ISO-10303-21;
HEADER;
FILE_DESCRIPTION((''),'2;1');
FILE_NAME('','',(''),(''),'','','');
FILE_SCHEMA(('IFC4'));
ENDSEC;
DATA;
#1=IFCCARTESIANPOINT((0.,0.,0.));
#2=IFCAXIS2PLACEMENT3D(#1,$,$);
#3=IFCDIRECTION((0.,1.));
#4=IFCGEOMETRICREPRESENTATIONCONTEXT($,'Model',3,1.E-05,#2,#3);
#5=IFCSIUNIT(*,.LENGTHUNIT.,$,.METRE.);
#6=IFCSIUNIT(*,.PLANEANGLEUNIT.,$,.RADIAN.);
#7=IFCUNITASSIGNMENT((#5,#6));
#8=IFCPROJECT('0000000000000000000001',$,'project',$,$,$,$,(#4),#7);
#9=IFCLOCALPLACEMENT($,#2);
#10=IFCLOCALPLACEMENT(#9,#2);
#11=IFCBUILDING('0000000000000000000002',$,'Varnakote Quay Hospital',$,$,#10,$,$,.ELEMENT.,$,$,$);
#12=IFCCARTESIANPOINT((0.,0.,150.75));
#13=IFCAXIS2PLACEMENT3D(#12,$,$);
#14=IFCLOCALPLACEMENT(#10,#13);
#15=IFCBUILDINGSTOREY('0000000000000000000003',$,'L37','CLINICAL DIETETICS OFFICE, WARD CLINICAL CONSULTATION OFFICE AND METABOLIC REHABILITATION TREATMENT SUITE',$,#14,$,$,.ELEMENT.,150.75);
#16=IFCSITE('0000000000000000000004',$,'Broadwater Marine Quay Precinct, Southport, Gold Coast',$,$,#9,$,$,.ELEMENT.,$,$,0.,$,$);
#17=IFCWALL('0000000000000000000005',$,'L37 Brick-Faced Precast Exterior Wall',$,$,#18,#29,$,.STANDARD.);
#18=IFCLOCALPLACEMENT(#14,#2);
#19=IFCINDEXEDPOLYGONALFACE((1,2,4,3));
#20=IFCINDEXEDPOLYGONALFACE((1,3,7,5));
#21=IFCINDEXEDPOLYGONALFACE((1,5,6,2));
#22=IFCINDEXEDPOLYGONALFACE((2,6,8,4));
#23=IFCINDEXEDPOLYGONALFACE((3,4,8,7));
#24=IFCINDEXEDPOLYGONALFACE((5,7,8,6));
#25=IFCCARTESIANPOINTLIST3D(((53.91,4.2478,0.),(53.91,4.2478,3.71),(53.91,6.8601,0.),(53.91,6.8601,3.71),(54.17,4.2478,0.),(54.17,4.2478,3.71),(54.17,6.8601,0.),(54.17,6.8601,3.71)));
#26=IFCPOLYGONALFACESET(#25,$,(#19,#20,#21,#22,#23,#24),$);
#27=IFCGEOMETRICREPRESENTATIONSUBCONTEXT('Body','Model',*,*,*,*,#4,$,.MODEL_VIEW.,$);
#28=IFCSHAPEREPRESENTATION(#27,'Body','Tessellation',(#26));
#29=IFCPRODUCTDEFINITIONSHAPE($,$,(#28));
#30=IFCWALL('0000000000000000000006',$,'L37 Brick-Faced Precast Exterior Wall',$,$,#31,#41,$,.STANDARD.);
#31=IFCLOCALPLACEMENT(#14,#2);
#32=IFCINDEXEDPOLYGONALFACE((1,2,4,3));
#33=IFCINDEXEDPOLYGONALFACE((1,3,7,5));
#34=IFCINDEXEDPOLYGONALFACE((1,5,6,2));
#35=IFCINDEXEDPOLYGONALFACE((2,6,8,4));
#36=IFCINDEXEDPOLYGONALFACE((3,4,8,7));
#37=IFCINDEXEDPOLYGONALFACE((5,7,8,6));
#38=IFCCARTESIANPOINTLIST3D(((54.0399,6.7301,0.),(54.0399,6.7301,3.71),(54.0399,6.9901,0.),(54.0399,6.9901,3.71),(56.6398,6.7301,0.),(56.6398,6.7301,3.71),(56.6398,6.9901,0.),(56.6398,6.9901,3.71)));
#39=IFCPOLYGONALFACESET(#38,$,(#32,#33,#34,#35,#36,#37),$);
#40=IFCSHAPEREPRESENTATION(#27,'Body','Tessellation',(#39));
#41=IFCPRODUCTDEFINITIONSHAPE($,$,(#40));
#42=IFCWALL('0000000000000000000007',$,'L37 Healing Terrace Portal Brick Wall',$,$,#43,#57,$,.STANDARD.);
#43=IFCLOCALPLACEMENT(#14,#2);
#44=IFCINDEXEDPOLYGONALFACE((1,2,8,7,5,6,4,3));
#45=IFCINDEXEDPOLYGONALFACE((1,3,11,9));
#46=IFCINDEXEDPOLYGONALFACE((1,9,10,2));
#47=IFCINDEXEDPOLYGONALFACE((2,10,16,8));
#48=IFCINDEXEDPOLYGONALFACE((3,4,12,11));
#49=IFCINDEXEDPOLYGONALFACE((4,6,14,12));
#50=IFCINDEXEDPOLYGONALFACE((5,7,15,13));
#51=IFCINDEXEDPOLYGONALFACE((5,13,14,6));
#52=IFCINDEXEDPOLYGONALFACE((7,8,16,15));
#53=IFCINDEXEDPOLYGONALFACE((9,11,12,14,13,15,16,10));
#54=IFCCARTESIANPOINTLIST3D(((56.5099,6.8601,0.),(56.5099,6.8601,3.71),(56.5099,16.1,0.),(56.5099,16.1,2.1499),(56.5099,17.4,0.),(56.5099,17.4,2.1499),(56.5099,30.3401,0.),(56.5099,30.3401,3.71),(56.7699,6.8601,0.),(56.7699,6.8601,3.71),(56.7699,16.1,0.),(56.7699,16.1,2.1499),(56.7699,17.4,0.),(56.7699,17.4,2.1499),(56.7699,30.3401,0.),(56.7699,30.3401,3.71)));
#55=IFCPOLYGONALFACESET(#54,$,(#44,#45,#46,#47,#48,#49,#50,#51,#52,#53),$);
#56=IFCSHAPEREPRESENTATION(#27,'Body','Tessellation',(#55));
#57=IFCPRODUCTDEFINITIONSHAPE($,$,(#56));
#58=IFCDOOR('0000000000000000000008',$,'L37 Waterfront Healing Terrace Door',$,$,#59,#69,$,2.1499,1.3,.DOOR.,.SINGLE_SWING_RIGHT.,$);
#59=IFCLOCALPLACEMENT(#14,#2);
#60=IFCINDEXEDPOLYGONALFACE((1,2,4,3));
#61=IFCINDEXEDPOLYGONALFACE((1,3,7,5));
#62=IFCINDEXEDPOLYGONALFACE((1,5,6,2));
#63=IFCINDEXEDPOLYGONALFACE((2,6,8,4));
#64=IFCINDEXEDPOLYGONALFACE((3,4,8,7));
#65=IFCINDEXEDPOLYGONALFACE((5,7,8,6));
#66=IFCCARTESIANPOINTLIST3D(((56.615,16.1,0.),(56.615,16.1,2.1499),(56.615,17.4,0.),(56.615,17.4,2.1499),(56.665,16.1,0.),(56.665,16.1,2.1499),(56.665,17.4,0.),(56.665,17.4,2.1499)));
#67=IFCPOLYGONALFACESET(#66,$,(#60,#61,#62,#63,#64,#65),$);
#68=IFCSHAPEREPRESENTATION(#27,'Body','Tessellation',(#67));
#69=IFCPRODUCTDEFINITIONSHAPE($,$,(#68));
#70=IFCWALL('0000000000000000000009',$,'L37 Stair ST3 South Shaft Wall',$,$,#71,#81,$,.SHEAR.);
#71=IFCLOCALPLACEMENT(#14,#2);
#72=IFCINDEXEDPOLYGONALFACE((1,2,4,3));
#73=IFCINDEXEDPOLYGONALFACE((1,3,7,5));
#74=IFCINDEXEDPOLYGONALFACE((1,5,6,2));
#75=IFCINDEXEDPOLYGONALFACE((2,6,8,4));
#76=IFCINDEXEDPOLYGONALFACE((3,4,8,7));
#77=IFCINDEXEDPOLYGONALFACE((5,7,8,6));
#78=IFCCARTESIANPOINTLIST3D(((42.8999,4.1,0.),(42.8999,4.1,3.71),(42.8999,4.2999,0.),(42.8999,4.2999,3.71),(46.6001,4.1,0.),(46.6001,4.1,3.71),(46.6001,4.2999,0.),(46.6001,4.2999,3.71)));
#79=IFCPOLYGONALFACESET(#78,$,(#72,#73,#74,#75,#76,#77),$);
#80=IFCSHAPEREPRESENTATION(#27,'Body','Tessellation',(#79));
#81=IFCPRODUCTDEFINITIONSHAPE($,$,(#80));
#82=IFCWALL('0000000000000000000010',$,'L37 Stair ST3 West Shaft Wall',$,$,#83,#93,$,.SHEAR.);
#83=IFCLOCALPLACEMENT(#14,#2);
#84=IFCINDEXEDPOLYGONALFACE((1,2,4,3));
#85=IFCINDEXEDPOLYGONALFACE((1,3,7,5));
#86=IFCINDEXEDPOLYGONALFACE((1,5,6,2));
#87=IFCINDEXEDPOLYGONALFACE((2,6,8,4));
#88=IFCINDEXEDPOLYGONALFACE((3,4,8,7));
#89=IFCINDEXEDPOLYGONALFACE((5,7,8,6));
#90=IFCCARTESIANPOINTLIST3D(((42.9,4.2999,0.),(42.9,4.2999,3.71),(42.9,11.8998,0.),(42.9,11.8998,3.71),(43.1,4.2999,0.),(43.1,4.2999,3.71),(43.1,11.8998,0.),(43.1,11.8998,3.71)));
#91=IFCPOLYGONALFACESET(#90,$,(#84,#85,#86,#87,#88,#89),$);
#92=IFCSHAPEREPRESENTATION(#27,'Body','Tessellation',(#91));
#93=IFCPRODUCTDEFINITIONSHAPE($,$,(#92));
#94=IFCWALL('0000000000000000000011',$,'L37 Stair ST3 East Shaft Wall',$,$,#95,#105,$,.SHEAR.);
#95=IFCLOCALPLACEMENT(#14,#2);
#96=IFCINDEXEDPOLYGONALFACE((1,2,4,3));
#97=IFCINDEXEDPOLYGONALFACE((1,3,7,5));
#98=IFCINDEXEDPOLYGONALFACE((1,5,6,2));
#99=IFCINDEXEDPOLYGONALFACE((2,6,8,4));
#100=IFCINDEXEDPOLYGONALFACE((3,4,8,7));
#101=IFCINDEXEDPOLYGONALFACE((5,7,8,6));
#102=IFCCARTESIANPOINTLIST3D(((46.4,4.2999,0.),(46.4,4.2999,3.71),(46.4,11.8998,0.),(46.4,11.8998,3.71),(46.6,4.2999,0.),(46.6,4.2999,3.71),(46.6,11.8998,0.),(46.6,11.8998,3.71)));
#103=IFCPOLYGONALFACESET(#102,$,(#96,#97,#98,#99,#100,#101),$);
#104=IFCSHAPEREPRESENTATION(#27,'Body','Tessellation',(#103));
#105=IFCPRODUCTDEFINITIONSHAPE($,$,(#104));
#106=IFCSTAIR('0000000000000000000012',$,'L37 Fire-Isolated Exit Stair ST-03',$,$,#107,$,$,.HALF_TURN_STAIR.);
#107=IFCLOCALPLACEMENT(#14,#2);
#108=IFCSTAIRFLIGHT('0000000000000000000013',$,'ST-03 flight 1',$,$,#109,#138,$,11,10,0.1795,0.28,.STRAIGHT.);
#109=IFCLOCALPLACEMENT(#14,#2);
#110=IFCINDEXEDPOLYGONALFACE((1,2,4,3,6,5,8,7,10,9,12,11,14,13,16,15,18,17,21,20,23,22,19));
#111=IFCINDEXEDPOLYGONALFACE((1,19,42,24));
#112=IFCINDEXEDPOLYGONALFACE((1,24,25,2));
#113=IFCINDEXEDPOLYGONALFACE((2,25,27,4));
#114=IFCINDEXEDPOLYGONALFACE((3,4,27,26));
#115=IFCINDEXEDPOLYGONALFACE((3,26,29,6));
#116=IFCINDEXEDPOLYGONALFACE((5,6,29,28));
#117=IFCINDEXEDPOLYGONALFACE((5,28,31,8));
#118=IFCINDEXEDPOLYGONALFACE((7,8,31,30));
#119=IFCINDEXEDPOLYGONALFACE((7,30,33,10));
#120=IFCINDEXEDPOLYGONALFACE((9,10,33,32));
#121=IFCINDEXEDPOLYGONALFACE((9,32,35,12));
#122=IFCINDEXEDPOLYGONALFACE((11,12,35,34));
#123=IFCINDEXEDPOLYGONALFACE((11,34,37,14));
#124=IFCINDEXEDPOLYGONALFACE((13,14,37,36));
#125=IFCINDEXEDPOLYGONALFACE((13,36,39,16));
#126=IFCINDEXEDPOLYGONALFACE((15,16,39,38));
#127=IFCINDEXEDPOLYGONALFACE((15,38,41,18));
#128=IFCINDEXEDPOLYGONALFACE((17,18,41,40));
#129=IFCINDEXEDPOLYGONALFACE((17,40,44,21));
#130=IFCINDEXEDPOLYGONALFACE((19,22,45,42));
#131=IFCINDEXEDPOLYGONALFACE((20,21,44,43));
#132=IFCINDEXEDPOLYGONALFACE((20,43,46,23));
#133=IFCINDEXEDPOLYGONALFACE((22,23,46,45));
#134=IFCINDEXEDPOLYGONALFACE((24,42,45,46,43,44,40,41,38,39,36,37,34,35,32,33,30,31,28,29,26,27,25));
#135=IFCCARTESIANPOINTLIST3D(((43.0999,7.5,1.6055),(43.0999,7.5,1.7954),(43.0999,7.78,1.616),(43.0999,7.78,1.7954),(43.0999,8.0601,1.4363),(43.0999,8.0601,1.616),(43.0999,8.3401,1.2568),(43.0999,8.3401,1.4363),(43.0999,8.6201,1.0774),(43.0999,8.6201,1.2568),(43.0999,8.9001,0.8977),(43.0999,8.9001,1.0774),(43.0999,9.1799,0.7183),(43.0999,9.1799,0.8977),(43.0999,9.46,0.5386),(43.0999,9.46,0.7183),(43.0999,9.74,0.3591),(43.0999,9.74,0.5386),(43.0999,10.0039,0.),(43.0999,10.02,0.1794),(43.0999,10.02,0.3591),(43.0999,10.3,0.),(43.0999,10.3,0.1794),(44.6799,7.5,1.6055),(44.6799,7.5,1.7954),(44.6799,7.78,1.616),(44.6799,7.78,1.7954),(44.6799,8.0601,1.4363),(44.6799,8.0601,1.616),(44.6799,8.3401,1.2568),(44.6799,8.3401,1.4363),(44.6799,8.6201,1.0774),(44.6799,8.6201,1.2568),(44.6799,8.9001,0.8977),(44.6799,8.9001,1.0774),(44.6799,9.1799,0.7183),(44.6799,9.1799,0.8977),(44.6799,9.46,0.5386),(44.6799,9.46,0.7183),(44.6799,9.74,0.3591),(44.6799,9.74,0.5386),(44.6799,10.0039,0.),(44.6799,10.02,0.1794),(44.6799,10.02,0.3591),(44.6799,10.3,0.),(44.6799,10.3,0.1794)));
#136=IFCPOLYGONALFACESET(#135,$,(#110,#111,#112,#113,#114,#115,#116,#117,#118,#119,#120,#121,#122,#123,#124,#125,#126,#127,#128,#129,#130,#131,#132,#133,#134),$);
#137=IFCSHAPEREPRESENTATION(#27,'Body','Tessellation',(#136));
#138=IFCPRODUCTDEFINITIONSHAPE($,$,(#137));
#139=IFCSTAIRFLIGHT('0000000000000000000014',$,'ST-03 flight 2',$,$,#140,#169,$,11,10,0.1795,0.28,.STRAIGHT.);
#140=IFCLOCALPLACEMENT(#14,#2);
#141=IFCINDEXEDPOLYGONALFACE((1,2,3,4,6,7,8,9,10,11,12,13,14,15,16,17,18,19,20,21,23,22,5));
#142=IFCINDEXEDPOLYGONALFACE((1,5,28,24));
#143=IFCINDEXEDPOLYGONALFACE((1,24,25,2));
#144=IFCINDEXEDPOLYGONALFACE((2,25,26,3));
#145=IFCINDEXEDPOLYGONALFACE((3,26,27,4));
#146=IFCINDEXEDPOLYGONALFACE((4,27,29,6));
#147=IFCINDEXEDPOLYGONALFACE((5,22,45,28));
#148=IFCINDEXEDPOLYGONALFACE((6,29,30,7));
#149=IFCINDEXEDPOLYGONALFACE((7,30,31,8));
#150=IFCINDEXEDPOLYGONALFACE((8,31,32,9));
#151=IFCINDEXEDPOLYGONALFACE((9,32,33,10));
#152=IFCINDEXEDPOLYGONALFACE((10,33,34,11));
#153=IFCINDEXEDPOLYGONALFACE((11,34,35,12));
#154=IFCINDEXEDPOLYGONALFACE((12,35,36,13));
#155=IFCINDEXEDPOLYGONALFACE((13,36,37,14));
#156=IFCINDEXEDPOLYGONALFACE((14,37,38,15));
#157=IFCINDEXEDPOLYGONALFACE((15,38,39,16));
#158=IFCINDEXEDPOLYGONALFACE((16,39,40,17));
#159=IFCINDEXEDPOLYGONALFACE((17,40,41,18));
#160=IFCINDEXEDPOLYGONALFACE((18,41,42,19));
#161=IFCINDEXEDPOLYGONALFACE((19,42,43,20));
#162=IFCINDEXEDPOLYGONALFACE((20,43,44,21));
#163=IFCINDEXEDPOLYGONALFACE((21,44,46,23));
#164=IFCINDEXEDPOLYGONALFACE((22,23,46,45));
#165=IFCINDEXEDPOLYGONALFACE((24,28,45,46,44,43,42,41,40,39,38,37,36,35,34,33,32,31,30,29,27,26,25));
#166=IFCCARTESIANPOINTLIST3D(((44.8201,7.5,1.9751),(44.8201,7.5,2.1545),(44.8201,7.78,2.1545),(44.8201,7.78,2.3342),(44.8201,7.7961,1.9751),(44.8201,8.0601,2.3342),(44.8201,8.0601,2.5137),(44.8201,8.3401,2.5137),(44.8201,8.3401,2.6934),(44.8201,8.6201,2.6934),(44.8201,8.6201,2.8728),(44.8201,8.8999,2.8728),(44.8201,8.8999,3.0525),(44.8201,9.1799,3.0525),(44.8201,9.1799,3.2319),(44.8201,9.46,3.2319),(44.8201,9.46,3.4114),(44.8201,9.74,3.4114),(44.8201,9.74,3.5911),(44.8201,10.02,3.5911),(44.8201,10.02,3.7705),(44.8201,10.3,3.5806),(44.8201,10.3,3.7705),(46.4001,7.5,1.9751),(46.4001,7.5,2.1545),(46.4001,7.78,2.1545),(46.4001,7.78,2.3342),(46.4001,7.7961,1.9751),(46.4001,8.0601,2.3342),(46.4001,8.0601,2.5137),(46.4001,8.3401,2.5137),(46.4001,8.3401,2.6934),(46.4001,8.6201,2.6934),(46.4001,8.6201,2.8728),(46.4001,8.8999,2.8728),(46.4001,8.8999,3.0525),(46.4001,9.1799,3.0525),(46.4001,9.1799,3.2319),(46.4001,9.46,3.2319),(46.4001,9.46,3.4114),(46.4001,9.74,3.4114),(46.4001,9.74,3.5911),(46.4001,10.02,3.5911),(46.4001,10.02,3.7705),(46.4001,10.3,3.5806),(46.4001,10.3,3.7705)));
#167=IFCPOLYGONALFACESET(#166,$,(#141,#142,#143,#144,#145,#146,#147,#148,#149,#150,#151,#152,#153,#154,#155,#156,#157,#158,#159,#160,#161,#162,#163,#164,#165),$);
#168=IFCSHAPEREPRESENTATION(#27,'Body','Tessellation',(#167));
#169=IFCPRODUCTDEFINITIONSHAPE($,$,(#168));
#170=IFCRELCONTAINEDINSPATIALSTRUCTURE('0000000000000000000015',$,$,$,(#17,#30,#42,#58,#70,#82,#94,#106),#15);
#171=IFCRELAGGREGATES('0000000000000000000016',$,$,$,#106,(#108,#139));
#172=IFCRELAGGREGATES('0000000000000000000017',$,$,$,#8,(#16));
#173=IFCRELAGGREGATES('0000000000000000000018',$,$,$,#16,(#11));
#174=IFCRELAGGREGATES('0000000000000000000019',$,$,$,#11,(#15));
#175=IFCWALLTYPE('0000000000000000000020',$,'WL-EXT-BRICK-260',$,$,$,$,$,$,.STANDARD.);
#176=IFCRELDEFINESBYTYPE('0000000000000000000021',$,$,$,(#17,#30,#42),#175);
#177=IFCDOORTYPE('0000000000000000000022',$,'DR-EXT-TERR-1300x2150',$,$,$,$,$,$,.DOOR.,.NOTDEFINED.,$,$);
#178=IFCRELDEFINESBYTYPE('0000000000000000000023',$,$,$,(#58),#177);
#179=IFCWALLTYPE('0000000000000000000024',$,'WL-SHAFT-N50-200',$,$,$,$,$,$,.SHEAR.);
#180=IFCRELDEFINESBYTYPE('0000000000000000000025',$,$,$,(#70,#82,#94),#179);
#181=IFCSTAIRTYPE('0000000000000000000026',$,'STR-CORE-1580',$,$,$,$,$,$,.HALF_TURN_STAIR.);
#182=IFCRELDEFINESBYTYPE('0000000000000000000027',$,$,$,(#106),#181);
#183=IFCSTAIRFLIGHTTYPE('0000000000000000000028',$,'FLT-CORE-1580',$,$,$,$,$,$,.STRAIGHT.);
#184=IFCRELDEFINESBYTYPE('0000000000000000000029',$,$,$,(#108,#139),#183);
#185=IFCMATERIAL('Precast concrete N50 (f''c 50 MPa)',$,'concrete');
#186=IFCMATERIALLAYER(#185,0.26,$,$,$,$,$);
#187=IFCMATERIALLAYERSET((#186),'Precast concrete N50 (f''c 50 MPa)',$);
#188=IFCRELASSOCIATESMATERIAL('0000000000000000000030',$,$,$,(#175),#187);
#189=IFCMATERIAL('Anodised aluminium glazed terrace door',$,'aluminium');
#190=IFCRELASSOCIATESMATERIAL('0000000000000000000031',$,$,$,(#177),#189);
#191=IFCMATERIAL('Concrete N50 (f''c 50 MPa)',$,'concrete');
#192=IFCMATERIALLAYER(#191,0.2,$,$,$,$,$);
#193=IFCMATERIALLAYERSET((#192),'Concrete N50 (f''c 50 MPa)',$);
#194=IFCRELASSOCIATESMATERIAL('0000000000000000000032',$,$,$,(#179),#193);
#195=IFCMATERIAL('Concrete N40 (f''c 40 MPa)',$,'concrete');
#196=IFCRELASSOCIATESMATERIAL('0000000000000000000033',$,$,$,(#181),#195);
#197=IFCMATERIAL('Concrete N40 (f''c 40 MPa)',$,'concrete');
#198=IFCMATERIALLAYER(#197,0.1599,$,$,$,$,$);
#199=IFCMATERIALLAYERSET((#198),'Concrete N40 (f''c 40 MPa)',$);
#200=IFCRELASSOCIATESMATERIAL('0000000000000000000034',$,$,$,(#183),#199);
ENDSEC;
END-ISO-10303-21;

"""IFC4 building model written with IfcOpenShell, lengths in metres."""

from ifc_helpers import new_model, si_unit, direction, frame, frame_2d, origin, place, context, subcontext, project, spatial, polyline, rectangle, outline, extrude, material, layer, layer_set, type_object, element, fill, aggregate, save


model = new_model("IFC4")

# Units and contexts
model_context = context("Model", 3, precision=1e-05, world=origin(), true_north=direction((0.0, 1.0)))
body_context = subcontext(model_context, "Body", "Model", "MODEL_VIEW")
ifc_project = project(units=[si_unit("LENGTHUNIT", "METRE"), si_unit("PLANEANGLEUNIT", "RADIAN")], contexts=[model_context])

# Site, building, storey
site_placement = place(None, origin())
site = spatial("IfcSite", under=ifc_project, at=site_placement, Name="Broadwater Marine Quay Precinct, Southport, Gold Coast", CompositionType="ELEMENT", RefElevation=0.0)
building_placement = place(site_placement, origin())
building = spatial("IfcBuilding", under=site, at=building_placement, Name="Varnakote Quay Hospital", CompositionType="ELEMENT")
storey_placement = place(building_placement, frame((0.0, 0.0, 150.75)))
storey = spatial("IfcBuildingStorey", under=building, at=storey_placement, Name="L37", Description="CLINICAL DIETETICS OFFICE, WARD CLINICAL CONSULTATION OFFICE AND METABOLIC REHABILITATION TREATMENT SUITE", CompositionType="ELEMENT", Elevation=150.75)

# Walls
ifc_material_1 = material(Name="Precast concrete N50 (f'c 50 MPa)", Category="concrete")
ifc_layer_1 = layer(ifc_material_1, 0.26)
ifc_layer_set_1 = layer_set([ifc_layer_1], Name="Precast concrete N50 (f'c 50 MPa)")
wall_type_1 = type_object("IfcWallType", Name="WL-EXT-BRICK-260", PredefinedType="STANDARD", material=ifc_layer_set_1)
wall_1_placement = place(storey_placement, frame((54.04, 4.2478, 0.0), z_axis=(0.0, 0.0, 1.0), x_axis=(0.0, 1.0, 0.0)))
element("IfcWall", 1, at=wall_1_placement, inside=storey, type_object=wall_type_1, Name="L37 Brick-Faced Precast Exterior Wall", PredefinedType="STANDARD", context=body_context, shape_type="SweptSolid", body=[
    extrude(rectangle(XDim=2.6123, YDim=0.26, at=frame_2d((1.3062, 0.0))), origin(), (0.0, 0.0, 1.0), 3.71),
])
wall_2_placement = place(storey_placement, frame((54.04, 6.8601, 0.0), z_axis=(0.0, 0.0, 1.0), x_axis=(1.0, 0.0, 0.0)))
element("IfcWall", 2, at=wall_2_placement, inside=storey, type_object=wall_type_1, Name="L37 Brick-Faced Precast Exterior Wall", PredefinedType="STANDARD", context=body_context, shape_type="SweptSolid", body=[
    extrude(rectangle(XDim=2.5999, YDim=0.26, at=frame_2d((1.2998, 0.0))), origin(), (0.0, 0.0, 1.0), 3.71),
])

# Wall, opening, door
wall_3_placement = place(storey_placement, frame((56.6399, 6.8601, 0.0), z_axis=(0.0, 0.0, 1.0), x_axis=(0.0, 1.0, 0.0)))
wall_3 = element("IfcWall", 3, at=wall_3_placement, inside=storey, type_object=wall_type_1, Name="L37 Healing Terrace Portal Brick Wall", PredefinedType="STANDARD", context=body_context, shape_type="SweptSolid", body=[
    extrude(rectangle(XDim=23.48, YDim=0.26, at=frame_2d((11.74, 0.0))), origin(), (0.0, 0.0, 1.0), 3.71),
])
opening_placement = place(wall_3_placement, frame((9.24, 0.0, 0.0)))
opening = element("IfcOpeningElement", 4, at=opening_placement, cuts=wall_3, PredefinedType="OPENING", context=body_context, shape_type="SweptSolid", body=[
    extrude(rectangle(XDim=1.3, YDim=2.1499, at=frame_2d((0.6499, 1.075))), frame((0.0, 0.1399, 0.0), z_axis=(0.0, -1.0, 0.0), x_axis=(1.0, 0.0, 0.0)), (0.0, 0.0, 1.0), 0.28),
])
ifc_material_2 = material(Name="Anodised aluminium glazed terrace door", Category="aluminium")
door_type = type_object("IfcDoorType", Name="DR-EXT-TERR-1300x2150", OperationType="NOTDEFINED", PredefinedType="DOOR", material=ifc_material_2)
door_placement = place(opening_placement, origin())
door = element("IfcDoor", 5, at=door_placement, inside=storey, type_object=door_type, Name="L37 Waterfront Healing Terrace Door", OperationType="SINGLE_SWING_RIGHT", OverallHeight=2.1499, OverallWidth=1.3, PredefinedType="DOOR", context=body_context, shape_type="SweptSolid", body=[
    extrude(rectangle(XDim=1.3, YDim=2.1499, at=frame_2d((0.6499, 1.075))), frame((0.0, 0.0249, 0.0), z_axis=(0.0, -1.0, 0.0), x_axis=(1.0, 0.0, 0.0)), (0.0, 0.0, 1.0), 0.05),
])
fill(opening, door)

# Walls
ifc_material_3 = material(Name="Concrete N50 (f'c 50 MPa)", Category="concrete")
ifc_layer_2 = layer(ifc_material_3, 0.2)
ifc_layer_set_2 = layer_set([ifc_layer_2], Name="Concrete N50 (f'c 50 MPa)")
wall_type_2 = type_object("IfcWallType", Name="WL-SHAFT-N50-200", PredefinedType="SHEAR", material=ifc_layer_set_2)
wall_4_placement = place(storey_placement, frame((42.8999, 4.2, 0.0), z_axis=(0.0, 0.0, 1.0), x_axis=(1.0, 0.0, 0.0)))
element("IfcWall", 6, at=wall_4_placement, inside=storey, type_object=wall_type_2, Name="L37 Stair ST3 South Shaft Wall", PredefinedType="SHEAR", context=body_context, shape_type="SweptSolid", body=[
    extrude(rectangle(XDim=3.7002, YDim=0.2, at=frame_2d((1.8501, 0.0))), origin(), (0.0, 0.0, 1.0), 3.71),
])
for number, where, z_axis, x_axis, name in (
    (7, (43.0, 4.3, 0.0), (0.0, 0.0, 1.0), (0.0, 1.0, 0.0), "L37 Stair ST3 West Shaft Wall"),
    (8, (46.5, 4.3, 0.0), (0.0, 0.0, 1.0), (0.0, 1.0, 0.0), "L37 Stair ST3 East Shaft Wall"),
):
    element("IfcWall", number, at=place(storey_placement, frame(where, z_axis=z_axis, x_axis=x_axis)), inside=storey, type_object=wall_type_2, Name=name, PredefinedType="SHEAR", context=body_context, shape_type="SweptSolid", body=[
        extrude(rectangle(XDim=7.5999, YDim=0.2, at=frame_2d((3.7998, 0.0))), origin(), (0.0, 0.0, 1.0), 3.71),
    ])

# Stair, stair flights
ifc_material_4 = material(Name="Concrete N40 (f'c 40 MPa)", Category="concrete")
stair_type = type_object("IfcStairType", Name="STR-CORE-1580", PredefinedType="HALF_TURN_STAIR", material=ifc_material_4)
stair_placement = place(storey_placement, origin())
stair = element("IfcStair", 9, at=stair_placement, inside=storey, type_object=stair_type, Name="L37 Fire-Isolated Exit Stair ST-03", PredefinedType="HALF_TURN_STAIR")
ifc_material_5 = material(Name="Concrete N40 (f'c 40 MPa)", Category="concrete")
ifc_layer_3 = layer(ifc_material_5, 0.1599)
ifc_layer_set_3 = layer_set([ifc_layer_3], Name="Concrete N40 (f'c 40 MPa)")
stair_flight_type = type_object("IfcStairFlightType", Name="FLT-CORE-1580", PredefinedType="STRAIGHT", material=ifc_layer_set_3)
stair_flight_1_placement = place(storey_placement, frame((43.8899, 10.3, 0.0), z_axis=(0.0, 0.0, 1.0), x_axis=(0.0, -1.0, 0.0)))
stair_flight_1 = element("IfcStairFlight", 10, at=stair_flight_1_placement, type_object=stair_flight_type, Name="ST-03 flight 1", NumberOfRisers=11, NumberOfTreads=10, PredefinedType="STRAIGHT", RiserHeight=0.1795, TreadLength=0.28, context=body_context, shape_type="SweptSolid", body=[
    extrude(outline(polyline([(0.0, 0.0), (0.0, 0.1794), (0.28, 0.1794), (0.28, 0.3591), (0.5601, 0.3591), (0.5601, 0.5386), (0.8401, 0.5386), (0.8401, 0.7183), (1.1201, 0.7183), (1.1201, 0.8977), (1.3999, 0.8977), (1.3999, 1.0774), (1.6799, 1.0774), (1.6799, 1.2568), (1.96, 1.2568), (1.96, 1.4363), (2.24, 1.4363), (2.24, 1.616), (2.52, 1.616), (2.52, 1.7954), (2.8, 1.7954), (2.8, 1.9751), (2.8, 1.6055), (0.2961, 0.0), (0.0, 0.0)])), frame((0.0, 0.79, 0.0), z_axis=(0.0, -1.0, 0.0), x_axis=(1.0, 0.0, 0.0)), (0.0, 0.0, 1.0), 1.5801),
])
stair_flight_2_placement = place(storey_placement, frame((45.6101, 7.5, 1.9751), z_axis=(0.0, 0.0, 1.0), x_axis=(0.0, 1.0, 0.0)))
stair_flight_2 = element("IfcStairFlight", 11, at=stair_flight_2_placement, type_object=stair_flight_type, Name="ST-03 flight 2", NumberOfRisers=11, NumberOfTreads=10, PredefinedType="STRAIGHT", RiserHeight=0.1795, TreadLength=0.28, context=body_context, shape_type="SweptSolid", body=[
    extrude(outline(polyline([(0.0, 0.0), (0.0, 0.1794), (0.28, 0.1794), (0.28, 0.3591), (0.5601, 0.3591), (0.5601, 0.5386), (0.8401, 0.5386), (0.8401, 0.7183), (1.1201, 0.7183), (1.1201, 0.8977), (1.3999, 0.8977), (1.3999, 1.0774), (1.6799, 1.0774), (1.6799, 1.2568), (1.96, 1.2568), (1.96, 1.4363), (2.24, 1.4363), (2.24, 1.616), (2.52, 1.616), (2.52, 1.7954), (2.8, 1.7954), (2.8, 1.9751), (2.8, 1.6055), (0.2961, 0.0), (0.0, 0.0)])), frame((0.0, 0.79, 0.0), z_axis=(0.0, -1.0, 0.0), x_axis=(1.0, 0.0, 0.0)), (0.0, 0.0, 1.0), 1.5801),
])
aggregate(stair, [stair_flight_1, stair_flight_2])

save(model, "model.ifc")
